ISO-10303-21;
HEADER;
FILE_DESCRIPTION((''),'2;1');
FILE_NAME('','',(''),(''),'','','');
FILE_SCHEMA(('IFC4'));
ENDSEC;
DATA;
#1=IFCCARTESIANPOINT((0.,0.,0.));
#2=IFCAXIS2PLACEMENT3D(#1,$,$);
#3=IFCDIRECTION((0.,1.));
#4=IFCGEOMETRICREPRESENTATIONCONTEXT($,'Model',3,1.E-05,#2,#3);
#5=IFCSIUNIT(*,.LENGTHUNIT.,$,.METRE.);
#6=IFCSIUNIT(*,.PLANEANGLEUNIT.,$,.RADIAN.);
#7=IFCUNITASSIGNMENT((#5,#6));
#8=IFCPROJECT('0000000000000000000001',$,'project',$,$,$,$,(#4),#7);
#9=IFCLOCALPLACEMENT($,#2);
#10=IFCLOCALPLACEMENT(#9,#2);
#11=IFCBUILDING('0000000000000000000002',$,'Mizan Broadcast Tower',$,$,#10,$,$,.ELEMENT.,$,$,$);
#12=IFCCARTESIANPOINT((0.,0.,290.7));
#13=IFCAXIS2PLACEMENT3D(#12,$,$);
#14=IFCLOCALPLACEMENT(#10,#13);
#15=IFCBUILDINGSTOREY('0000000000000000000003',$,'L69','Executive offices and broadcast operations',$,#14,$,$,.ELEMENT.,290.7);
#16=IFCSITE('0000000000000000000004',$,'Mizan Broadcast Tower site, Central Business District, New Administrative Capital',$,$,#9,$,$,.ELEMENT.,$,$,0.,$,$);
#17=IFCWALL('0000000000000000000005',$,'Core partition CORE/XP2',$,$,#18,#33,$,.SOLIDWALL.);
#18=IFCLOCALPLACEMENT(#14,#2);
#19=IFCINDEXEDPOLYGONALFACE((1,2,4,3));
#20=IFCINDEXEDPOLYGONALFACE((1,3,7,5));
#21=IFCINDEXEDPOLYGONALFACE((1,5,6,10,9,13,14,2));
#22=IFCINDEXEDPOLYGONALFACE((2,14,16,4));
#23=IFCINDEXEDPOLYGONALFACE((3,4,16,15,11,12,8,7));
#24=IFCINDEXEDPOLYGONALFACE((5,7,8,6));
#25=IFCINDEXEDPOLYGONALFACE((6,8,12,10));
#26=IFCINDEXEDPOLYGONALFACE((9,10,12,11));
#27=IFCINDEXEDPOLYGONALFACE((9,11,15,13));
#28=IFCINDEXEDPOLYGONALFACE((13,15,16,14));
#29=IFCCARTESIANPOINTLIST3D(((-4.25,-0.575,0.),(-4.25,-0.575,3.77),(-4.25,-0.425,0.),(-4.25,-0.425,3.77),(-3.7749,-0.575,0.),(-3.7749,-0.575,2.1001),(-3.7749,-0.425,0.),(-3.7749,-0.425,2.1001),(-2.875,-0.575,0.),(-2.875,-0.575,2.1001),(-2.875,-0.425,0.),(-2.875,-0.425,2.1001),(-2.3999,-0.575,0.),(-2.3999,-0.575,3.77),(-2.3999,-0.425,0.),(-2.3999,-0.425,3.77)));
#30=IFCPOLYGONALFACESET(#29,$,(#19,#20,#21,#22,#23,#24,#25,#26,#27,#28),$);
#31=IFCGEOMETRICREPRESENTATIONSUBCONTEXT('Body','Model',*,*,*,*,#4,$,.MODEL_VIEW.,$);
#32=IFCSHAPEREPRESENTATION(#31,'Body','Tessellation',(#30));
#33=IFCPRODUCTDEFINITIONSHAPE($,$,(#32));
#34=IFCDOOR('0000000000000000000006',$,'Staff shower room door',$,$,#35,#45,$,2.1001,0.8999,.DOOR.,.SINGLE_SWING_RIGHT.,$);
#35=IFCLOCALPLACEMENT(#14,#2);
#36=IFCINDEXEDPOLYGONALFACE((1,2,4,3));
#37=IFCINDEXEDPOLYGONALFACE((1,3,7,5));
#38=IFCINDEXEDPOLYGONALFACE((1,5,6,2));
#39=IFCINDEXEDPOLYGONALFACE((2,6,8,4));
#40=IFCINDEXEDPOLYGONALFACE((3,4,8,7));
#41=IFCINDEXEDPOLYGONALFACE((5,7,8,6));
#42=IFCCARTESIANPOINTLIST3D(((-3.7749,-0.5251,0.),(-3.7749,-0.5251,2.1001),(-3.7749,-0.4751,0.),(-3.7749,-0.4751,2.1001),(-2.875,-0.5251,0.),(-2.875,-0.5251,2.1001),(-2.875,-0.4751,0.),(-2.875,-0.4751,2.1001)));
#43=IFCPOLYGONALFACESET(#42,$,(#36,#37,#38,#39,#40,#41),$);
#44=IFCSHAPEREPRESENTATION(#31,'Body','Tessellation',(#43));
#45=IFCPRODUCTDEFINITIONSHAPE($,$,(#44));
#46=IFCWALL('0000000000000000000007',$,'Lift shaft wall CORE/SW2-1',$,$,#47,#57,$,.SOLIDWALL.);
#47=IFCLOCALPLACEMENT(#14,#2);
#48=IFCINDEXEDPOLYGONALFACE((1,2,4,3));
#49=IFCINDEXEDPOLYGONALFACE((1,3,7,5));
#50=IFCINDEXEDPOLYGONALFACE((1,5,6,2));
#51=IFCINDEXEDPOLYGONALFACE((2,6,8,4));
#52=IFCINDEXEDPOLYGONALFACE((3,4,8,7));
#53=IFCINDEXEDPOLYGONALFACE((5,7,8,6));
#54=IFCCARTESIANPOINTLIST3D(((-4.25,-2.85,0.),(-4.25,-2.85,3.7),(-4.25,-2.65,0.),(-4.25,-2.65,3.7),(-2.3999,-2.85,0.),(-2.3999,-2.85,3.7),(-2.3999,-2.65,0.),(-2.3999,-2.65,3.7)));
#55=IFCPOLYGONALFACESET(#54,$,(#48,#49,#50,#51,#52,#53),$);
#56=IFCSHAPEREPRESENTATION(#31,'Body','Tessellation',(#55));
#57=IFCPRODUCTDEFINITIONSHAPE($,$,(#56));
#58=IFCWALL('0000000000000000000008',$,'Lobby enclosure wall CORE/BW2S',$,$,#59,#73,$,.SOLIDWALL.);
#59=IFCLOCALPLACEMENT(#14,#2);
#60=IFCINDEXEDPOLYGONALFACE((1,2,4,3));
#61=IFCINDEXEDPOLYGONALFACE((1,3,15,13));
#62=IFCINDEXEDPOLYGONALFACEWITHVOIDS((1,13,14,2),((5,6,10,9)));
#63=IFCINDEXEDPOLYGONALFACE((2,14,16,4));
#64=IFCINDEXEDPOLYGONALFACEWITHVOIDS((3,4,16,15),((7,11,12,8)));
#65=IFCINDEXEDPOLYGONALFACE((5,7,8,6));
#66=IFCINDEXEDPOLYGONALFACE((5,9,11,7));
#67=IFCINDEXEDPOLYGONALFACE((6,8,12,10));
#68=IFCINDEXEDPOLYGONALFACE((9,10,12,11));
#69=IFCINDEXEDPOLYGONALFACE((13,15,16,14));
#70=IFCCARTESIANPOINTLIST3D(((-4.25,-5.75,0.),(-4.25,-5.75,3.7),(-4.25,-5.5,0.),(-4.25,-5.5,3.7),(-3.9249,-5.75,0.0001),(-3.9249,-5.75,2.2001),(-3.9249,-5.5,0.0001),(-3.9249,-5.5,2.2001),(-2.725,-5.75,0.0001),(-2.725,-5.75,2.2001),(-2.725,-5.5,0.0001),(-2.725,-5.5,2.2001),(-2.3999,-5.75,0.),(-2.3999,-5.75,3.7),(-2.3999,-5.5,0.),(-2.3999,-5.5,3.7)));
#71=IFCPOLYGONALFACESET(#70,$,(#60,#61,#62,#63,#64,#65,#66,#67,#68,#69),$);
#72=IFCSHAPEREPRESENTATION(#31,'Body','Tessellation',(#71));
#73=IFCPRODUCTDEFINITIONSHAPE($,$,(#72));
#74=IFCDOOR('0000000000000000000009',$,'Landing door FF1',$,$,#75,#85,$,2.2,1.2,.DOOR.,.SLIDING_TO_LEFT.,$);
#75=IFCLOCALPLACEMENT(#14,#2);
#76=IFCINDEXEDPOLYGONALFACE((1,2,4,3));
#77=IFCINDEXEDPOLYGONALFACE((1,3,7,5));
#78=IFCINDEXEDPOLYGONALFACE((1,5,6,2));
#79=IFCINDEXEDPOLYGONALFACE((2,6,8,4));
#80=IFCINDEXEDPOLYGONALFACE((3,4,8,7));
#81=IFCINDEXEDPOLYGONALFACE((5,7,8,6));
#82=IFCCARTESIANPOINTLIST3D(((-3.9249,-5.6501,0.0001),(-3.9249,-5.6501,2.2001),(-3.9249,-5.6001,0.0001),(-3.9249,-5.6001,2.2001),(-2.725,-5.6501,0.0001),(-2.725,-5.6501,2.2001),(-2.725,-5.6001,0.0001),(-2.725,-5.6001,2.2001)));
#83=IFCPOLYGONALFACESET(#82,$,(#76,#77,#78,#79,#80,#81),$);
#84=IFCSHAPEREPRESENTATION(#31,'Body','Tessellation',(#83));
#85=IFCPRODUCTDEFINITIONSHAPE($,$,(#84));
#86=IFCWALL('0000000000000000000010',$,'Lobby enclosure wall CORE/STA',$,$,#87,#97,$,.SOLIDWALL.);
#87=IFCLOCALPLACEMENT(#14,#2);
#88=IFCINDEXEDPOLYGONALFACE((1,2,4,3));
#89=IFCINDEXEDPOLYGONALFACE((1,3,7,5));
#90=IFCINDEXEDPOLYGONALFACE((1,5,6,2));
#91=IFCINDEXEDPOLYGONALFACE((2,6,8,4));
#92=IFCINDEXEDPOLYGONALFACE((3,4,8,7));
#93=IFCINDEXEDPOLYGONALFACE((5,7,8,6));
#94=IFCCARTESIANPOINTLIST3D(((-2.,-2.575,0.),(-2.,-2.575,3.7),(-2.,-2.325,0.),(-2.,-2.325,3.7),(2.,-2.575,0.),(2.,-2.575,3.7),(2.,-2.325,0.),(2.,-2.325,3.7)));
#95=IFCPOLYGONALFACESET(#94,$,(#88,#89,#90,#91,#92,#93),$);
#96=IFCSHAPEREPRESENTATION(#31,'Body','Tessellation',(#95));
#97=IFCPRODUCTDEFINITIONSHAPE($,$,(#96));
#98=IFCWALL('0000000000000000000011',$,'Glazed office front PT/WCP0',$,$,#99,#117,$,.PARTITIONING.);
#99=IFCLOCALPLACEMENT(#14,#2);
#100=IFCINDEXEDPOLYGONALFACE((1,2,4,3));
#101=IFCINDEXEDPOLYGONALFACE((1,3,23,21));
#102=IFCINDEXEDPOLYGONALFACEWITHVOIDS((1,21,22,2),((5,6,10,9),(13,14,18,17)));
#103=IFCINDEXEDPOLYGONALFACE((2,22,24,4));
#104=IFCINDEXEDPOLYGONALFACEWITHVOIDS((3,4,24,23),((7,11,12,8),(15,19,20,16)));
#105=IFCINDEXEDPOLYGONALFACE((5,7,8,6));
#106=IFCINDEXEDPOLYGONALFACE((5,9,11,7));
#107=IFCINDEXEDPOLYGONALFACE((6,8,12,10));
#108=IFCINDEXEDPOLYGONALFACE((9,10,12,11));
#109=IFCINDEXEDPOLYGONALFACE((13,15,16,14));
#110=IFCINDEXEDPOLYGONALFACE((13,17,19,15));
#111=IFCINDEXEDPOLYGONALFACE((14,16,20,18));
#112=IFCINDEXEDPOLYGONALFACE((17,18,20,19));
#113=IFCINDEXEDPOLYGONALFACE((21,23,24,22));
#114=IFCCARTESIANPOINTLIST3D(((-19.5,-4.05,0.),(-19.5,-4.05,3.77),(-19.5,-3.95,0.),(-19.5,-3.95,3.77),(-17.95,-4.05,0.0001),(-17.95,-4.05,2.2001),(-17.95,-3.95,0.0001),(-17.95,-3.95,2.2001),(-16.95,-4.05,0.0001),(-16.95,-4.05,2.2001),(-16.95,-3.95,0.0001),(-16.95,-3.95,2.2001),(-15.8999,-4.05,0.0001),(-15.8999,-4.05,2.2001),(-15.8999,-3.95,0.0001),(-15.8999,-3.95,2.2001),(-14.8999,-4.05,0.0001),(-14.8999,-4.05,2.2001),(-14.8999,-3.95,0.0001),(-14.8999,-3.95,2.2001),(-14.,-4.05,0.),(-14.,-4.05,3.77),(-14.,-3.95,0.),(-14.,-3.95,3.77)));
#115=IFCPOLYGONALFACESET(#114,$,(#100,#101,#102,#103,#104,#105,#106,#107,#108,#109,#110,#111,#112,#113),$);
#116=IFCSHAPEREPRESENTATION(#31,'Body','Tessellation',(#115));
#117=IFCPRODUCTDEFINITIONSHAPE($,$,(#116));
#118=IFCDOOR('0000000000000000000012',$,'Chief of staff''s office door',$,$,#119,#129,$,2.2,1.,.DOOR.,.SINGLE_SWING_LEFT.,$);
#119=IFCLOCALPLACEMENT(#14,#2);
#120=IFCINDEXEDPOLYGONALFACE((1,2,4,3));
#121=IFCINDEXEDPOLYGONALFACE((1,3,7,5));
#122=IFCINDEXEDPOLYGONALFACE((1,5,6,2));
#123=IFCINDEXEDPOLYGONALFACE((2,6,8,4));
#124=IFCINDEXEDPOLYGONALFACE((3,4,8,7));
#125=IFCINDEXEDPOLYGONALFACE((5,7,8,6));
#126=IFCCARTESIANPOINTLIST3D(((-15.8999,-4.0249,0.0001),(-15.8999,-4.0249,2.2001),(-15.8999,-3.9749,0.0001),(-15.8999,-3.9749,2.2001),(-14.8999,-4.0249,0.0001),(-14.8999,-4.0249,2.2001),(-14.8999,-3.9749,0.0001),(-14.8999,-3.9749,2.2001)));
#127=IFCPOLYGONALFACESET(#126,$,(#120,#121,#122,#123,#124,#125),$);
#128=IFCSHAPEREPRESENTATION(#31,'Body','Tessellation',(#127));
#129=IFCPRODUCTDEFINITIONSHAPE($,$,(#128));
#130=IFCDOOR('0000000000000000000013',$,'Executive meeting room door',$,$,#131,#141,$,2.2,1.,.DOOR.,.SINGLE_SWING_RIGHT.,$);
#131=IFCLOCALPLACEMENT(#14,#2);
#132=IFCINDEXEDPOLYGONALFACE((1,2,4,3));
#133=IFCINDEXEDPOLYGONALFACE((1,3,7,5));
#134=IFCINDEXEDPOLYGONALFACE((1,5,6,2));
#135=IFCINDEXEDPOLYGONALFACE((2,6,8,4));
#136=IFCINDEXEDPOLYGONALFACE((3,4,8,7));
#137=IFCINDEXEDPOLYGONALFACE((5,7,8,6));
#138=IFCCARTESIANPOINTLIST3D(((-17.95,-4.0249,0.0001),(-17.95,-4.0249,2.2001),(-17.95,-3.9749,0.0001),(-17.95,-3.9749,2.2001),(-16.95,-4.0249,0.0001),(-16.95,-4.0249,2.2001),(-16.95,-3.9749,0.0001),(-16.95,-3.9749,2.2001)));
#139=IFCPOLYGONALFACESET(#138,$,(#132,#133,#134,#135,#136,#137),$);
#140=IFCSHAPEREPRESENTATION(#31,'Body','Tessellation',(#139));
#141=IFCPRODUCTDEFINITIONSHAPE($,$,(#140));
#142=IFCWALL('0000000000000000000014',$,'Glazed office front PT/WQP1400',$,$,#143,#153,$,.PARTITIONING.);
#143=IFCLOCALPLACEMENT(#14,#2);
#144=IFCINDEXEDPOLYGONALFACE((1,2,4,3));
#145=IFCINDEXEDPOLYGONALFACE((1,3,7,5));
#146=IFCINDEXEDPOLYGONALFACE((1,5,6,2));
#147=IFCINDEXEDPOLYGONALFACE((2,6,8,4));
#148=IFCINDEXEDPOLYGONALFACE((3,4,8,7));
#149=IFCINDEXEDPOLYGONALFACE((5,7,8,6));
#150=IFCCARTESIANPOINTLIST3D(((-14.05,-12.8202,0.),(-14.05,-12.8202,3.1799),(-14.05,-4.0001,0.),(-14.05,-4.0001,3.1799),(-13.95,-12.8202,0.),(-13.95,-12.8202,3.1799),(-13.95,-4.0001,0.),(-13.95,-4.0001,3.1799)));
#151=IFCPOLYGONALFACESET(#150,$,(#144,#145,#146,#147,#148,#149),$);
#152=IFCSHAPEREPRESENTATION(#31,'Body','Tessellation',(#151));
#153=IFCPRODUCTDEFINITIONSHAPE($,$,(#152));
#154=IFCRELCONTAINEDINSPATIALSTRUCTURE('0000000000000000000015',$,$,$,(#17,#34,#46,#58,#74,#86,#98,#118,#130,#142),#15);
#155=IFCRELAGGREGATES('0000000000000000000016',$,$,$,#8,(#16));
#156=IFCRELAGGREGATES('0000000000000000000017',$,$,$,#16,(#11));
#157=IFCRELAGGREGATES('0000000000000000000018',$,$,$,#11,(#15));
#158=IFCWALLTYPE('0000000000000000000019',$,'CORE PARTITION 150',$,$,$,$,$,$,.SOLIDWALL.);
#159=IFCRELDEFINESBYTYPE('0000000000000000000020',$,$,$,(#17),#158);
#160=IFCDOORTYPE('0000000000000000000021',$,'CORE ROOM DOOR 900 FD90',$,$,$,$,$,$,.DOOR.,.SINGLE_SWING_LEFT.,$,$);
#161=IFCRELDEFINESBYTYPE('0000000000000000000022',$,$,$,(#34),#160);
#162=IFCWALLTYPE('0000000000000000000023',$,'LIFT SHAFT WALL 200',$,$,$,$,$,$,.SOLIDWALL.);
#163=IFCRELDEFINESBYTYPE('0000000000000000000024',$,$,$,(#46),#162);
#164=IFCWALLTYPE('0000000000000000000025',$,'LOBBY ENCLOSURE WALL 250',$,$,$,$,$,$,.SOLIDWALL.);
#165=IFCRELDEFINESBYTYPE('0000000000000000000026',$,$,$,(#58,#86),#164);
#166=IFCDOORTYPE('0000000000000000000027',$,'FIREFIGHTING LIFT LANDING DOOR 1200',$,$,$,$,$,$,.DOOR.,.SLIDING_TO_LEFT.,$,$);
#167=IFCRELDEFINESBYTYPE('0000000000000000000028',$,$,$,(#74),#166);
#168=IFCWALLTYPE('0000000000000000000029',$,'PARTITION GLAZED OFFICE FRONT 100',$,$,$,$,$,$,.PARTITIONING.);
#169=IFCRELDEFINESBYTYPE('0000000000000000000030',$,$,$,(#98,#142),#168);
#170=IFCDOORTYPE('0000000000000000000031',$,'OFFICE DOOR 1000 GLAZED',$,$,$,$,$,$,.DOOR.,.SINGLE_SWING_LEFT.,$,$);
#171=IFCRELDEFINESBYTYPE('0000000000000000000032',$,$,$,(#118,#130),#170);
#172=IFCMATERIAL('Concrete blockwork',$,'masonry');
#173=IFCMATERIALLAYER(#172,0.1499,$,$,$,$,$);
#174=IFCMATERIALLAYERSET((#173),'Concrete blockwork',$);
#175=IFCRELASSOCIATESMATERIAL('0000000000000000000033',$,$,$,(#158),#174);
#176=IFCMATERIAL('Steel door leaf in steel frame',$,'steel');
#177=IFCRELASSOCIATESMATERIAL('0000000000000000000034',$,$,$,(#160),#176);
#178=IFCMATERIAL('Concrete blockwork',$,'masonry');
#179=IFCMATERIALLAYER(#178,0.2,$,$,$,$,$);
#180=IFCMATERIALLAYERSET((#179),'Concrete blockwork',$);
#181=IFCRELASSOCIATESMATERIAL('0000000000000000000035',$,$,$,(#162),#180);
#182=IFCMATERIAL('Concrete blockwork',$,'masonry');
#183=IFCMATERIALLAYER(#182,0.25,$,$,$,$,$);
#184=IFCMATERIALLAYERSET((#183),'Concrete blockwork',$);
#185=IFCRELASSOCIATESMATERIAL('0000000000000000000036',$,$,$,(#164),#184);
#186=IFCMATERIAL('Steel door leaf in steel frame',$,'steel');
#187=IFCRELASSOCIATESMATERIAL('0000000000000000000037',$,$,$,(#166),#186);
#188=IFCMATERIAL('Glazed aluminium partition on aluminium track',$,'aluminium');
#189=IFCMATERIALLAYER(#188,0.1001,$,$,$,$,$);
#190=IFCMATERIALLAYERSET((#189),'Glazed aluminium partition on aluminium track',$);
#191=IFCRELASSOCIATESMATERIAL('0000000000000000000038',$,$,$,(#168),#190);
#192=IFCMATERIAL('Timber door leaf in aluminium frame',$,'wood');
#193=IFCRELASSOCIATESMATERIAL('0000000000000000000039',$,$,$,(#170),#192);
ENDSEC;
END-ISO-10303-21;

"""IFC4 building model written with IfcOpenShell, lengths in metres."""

from ifc_helpers import new_model, si_unit, direction, frame, frame_2d, origin, place, context, subcontext, project, spatial, rectangle, extrude, material, layer, layer_set, type_object, element, fill, save


model = new_model("IFC4")

# Units and contexts
model_context = context("Model", 3, precision=1e-05, world=origin(), true_north=direction((0.0, 1.0)))
body_context = subcontext(model_context, "Body", "Model", "MODEL_VIEW")
ifc_project = project(units=[si_unit("LENGTHUNIT", "METRE"), si_unit("PLANEANGLEUNIT", "RADIAN")], contexts=[model_context])

# Site, building, storey
site_placement = place(None, origin())
site = spatial("IfcSite", under=ifc_project, at=site_placement, Name="Mizan Broadcast Tower site, Central Business District, New Administrative Capital", CompositionType="ELEMENT", RefElevation=0.0)
building_placement = place(site_placement, origin())
building = spatial("IfcBuilding", under=site, at=building_placement, Name="Mizan Broadcast Tower", CompositionType="ELEMENT")
storey_placement = place(building_placement, frame((0.0, 0.0, 290.7)))
storey = spatial("IfcBuildingStorey", under=building, at=storey_placement, Name="L69", Description="Executive offices and broadcast operations", CompositionType="ELEMENT", Elevation=290.7)

# Wall, opening, door
ifc_material_1 = material(Name="Concrete blockwork", Category="masonry")
ifc_layer_1 = layer(ifc_material_1, 0.1499)
ifc_layer_set_1 = layer_set([ifc_layer_1], Name="Concrete blockwork")
wall_type_1 = type_object("IfcWallType", Name="CORE PARTITION 150", PredefinedType="SOLIDWALL", material=ifc_layer_set_1)
wall_1_placement = place(storey_placement, frame((-4.25, -0.5, 0.0), z_axis=(0.0, 0.0, 1.0), x_axis=(1.0, 0.0, 0.0)))
wall_1 = element("IfcWall", 1, at=wall_1_placement, inside=storey, type_object=wall_type_1, Name="Core partition CORE/XP2", PredefinedType="SOLIDWALL", context=body_context, shape_type="SweptSolid", body=[
    extrude(rectangle(XDim=1.8501, YDim=0.1499, at=frame_2d((0.925, 0.0))), origin(), (0.0, 0.0, 1.0), 3.77),
])
opening_1_placement = place(wall_1_placement, frame((0.4751, 0.0, 0.0)))
opening_1 = element("IfcOpeningElement", 2, at=opening_1_placement, cuts=wall_1, PredefinedType="OPENING", context=body_context, shape_type="SweptSolid", body=[
    extrude(rectangle(XDim=0.8999, YDim=2.1001, at=frame_2d((0.45, 1.05))), frame((0.0, 0.085, 0.0), z_axis=(0.0, -1.0, 0.0), x_axis=(1.0, 0.0, 0.0)), (0.0, 0.0, 1.0), 0.1699),
])
ifc_material_2 = material(Name="Steel door leaf in steel frame", Category="steel")
door_type_1 = type_object("IfcDoorType", Name="CORE ROOM DOOR 900 FD90", OperationType="SINGLE_SWING_LEFT", PredefinedType="DOOR", material=ifc_material_2)
door_1_placement = place(opening_1_placement, origin())
door_1 = element("IfcDoor", 3, at=door_1_placement, inside=storey, type_object=door_type_1, Name="Staff shower room door", OperationType="SINGLE_SWING_RIGHT", OverallHeight=2.1001, OverallWidth=0.8999, PredefinedType="DOOR", context=body_context, shape_type="SweptSolid", body=[
    extrude(rectangle(XDim=0.8999, YDim=2.1001, at=frame_2d((0.45, 1.05))), frame((0.0, 0.0249, 0.0), z_axis=(0.0, -1.0, 0.0), x_axis=(1.0, 0.0, 0.0)), (0.0, 0.0, 1.0), 0.05),
])
fill(opening_1, door_1)

# Wall
ifc_material_3 = material(Name="Concrete blockwork", Category="masonry")
ifc_layer_2 = layer(ifc_material_3, 0.2)
ifc_layer_set_2 = layer_set([ifc_layer_2], Name="Concrete blockwork")
wall_type_2 = type_object("IfcWallType", Name="LIFT SHAFT WALL 200", PredefinedType="SOLIDWALL", material=ifc_layer_set_2)
wall_2_placement = place(storey_placement, frame((-4.25, -2.75, 0.0), z_axis=(0.0, 0.0, 1.0), x_axis=(1.0, 0.0, 0.0)))
element("IfcWall", 4, at=wall_2_placement, inside=storey, type_object=wall_type_2, Name="Lift shaft wall CORE/SW2-1", PredefinedType="SOLIDWALL", context=body_context, shape_type="SweptSolid", body=[
    extrude(rectangle(XDim=1.8501, YDim=0.2, at=frame_2d((0.925, 0.0))), origin(), (0.0, 0.0, 1.0), 3.7),
])

# Wall, opening, door
ifc_material_4 = material(Name="Concrete blockwork", Category="masonry")
ifc_layer_3 = layer(ifc_material_4, 0.25)
ifc_layer_set_3 = layer_set([ifc_layer_3], Name="Concrete blockwork")
wall_type_3 = type_object("IfcWallType", Name="LOBBY ENCLOSURE WALL 250", PredefinedType="SOLIDWALL", material=ifc_layer_set_3)
wall_3_placement = place(storey_placement, frame((-4.25, -5.625, 0.0), z_axis=(0.0, 0.0, 1.0), x_axis=(1.0, 0.0, 0.0)))
wall_3 = element("IfcWall", 5, at=wall_3_placement, inside=storey, type_object=wall_type_3, Name="Lobby enclosure wall CORE/BW2S", PredefinedType="SOLIDWALL", context=body_context, shape_type="SweptSolid", body=[
    extrude(rectangle(XDim=1.8501, YDim=0.25, at=frame_2d((0.925, 0.0))), origin(), (0.0, 0.0, 1.0), 3.7),
])
opening_2_placement = place(wall_3_placement, frame((0.325, 0.0, 0.0)))
opening_2 = element("IfcOpeningElement", 6, at=opening_2_placement, cuts=wall_3, PredefinedType="OPENING", context=body_context, shape_type="SweptSolid", body=[
    extrude(rectangle(XDim=1.2, YDim=2.2, at=frame_2d((0.6001, 1.1001))), frame((0.0, 0.135, 0.0), z_axis=(0.0, -1.0, 0.0), x_axis=(1.0, 0.0, 0.0)), (0.0, 0.0, 1.0), 0.27),
])
ifc_material_5 = material(Name="Steel door leaf in steel frame", Category="steel")
door_type_2 = type_object("IfcDoorType", Name="FIREFIGHTING LIFT LANDING DOOR 1200", OperationType="SLIDING_TO_LEFT", PredefinedType="DOOR", material=ifc_material_5)
door_2_placement = place(opening_2_placement, origin())
door_2 = element("IfcDoor", 7, at=door_2_placement, inside=storey, type_object=door_type_2, Name="Landing door FF1", OperationType="SLIDING_TO_LEFT", OverallHeight=2.2, OverallWidth=1.2, PredefinedType="DOOR", context=body_context, shape_type="SweptSolid", body=[
    extrude(rectangle(XDim=1.2, YDim=2.2, at=frame_2d((0.6001, 1.1001))), frame((0.0, 0.0249, 0.0), z_axis=(0.0, -1.0, 0.0), x_axis=(1.0, 0.0, 0.0)), (0.0, 0.0, 1.0), 0.05),
])
fill(opening_2, door_2)

# Wall
wall_4_placement = place(storey_placement, frame((-2.0, -2.45, 0.0), z_axis=(0.0, 0.0, 1.0), x_axis=(1.0, 0.0, 0.0)))
element("IfcWall", 8, at=wall_4_placement, inside=storey, type_object=wall_type_3, Name="Lobby enclosure wall CORE/STA", PredefinedType="SOLIDWALL", context=body_context, shape_type="SweptSolid", body=[
    extrude(rectangle(XDim=4.0, YDim=0.25, at=frame_2d((2.0, 0.0))), origin(), (0.0, 0.0, 1.0), 3.7),
])

# Wall, openings, doors
ifc_material_6 = material(Name="Glazed aluminium partition on aluminium track", Category="aluminium")
ifc_layer_4 = layer(ifc_material_6, 0.1001)
ifc_layer_set_4 = layer_set([ifc_layer_4], Name="Glazed aluminium partition on aluminium track")
wall_type_4 = type_object("IfcWallType", Name="PARTITION GLAZED OFFICE FRONT 100", PredefinedType="PARTITIONING", material=ifc_layer_set_4)
wall_5_placement = place(storey_placement, frame((-14.0, -4.0, 0.0), z_axis=(0.0, 0.0, 1.0), x_axis=(-1.0, 0.0, 0.0)))
wall_5 = element("IfcWall", 9, at=wall_5_placement, inside=storey, type_object=wall_type_4, Name="Glazed office front PT/WCP0", PredefinedType="PARTITIONING", context=body_context, shape_type="SweptSolid", body=[
    extrude(rectangle(XDim=5.5, YDim=0.1001, at=frame_2d((2.75, 0.0))), origin(), (0.0, 0.0, 1.0), 3.77),
])
opening_3_placement = place(wall_5_placement, frame((0.8999, 0.0, 0.0)))
opening_3 = element("IfcOpeningElement", 10, at=opening_3_placement, cuts=wall_5, PredefinedType="OPENING", context=body_context, shape_type="SweptSolid", body=[
    extrude(rectangle(XDim=1.0, YDim=2.2, at=frame_2d((0.5, 1.1001))), frame((0.0, 0.0601, 0.0), z_axis=(0.0, -1.0, 0.0), x_axis=(1.0, 0.0, 0.0)), (0.0, 0.0, 1.0), 0.1201),
])
opening_4_placement = place(wall_5_placement, frame((2.95, 0.0, 0.0)))
opening_4 = element("IfcOpeningElement", 11, at=opening_4_placement, cuts=wall_5, PredefinedType="OPENING", context=body_context, shape_type="SweptSolid", body=[
    extrude(rectangle(XDim=1.0, YDim=2.2, at=frame_2d((0.5, 1.1001))), frame((0.0, 0.0601, 0.0), z_axis=(0.0, -1.0, 0.0), x_axis=(1.0, 0.0, 0.0)), (0.0, 0.0, 1.0), 0.1201),
])
ifc_material_7 = material(Name="Timber door leaf in aluminium frame", Category="wood")
door_type_3 = type_object("IfcDoorType", Name="OFFICE DOOR 1000 GLAZED", OperationType="SINGLE_SWING_LEFT", PredefinedType="DOOR", material=ifc_material_7)
door_3_placement = place(opening_3_placement, origin())
door_3 = element("IfcDoor", 12, at=door_3_placement, inside=storey, type_object=door_type_3, Name="Chief of staff's office door", OperationType="SINGLE_SWING_LEFT", OverallHeight=2.2, OverallWidth=1.0, PredefinedType="DOOR", context=body_context, shape_type="SweptSolid", body=[
    extrude(rectangle(XDim=1.0, YDim=2.2, at=frame_2d((0.5, 1.1001))), frame((0.0, 0.0249, 0.0), z_axis=(0.0, -1.0, 0.0), x_axis=(1.0, 0.0, 0.0)), (0.0, 0.0, 1.0), 0.05),
])
fill(opening_3, door_3)
door_4_placement = place(opening_4_placement, origin())
door_4 = element("IfcDoor", 13, at=door_4_placement, inside=storey, type_object=door_type_3, Name="Executive meeting room door", OperationType="SINGLE_SWING_RIGHT", OverallHeight=2.2, OverallWidth=1.0, PredefinedType="DOOR", context=body_context, shape_type="SweptSolid", body=[
    extrude(rectangle(XDim=1.0, YDim=2.2, at=frame_2d((0.5, 1.1001))), frame((0.0, 0.0249, 0.0), z_axis=(0.0, -1.0, 0.0), x_axis=(1.0, 0.0, 0.0)), (0.0, 0.0, 1.0), 0.05),
])
fill(opening_4, door_4)

# Wall
wall_6_placement = place(storey_placement, frame((-14.0, -4.0, 0.0), z_axis=(0.0, 0.0, 1.0), x_axis=(0.0, -1.0, 0.0)))
element("IfcWall", 14, at=wall_6_placement, inside=storey, type_object=wall_type_4, Name="Glazed office front PT/WQP1400", PredefinedType="PARTITIONING", context=body_context, shape_type="SweptSolid", body=[
    extrude(rectangle(XDim=8.8201, YDim=0.1001, at=frame_2d((4.4102, 0.0))), origin(), (0.0, 0.0, 1.0), 3.1799),
])

save(model, "model.ifc")
